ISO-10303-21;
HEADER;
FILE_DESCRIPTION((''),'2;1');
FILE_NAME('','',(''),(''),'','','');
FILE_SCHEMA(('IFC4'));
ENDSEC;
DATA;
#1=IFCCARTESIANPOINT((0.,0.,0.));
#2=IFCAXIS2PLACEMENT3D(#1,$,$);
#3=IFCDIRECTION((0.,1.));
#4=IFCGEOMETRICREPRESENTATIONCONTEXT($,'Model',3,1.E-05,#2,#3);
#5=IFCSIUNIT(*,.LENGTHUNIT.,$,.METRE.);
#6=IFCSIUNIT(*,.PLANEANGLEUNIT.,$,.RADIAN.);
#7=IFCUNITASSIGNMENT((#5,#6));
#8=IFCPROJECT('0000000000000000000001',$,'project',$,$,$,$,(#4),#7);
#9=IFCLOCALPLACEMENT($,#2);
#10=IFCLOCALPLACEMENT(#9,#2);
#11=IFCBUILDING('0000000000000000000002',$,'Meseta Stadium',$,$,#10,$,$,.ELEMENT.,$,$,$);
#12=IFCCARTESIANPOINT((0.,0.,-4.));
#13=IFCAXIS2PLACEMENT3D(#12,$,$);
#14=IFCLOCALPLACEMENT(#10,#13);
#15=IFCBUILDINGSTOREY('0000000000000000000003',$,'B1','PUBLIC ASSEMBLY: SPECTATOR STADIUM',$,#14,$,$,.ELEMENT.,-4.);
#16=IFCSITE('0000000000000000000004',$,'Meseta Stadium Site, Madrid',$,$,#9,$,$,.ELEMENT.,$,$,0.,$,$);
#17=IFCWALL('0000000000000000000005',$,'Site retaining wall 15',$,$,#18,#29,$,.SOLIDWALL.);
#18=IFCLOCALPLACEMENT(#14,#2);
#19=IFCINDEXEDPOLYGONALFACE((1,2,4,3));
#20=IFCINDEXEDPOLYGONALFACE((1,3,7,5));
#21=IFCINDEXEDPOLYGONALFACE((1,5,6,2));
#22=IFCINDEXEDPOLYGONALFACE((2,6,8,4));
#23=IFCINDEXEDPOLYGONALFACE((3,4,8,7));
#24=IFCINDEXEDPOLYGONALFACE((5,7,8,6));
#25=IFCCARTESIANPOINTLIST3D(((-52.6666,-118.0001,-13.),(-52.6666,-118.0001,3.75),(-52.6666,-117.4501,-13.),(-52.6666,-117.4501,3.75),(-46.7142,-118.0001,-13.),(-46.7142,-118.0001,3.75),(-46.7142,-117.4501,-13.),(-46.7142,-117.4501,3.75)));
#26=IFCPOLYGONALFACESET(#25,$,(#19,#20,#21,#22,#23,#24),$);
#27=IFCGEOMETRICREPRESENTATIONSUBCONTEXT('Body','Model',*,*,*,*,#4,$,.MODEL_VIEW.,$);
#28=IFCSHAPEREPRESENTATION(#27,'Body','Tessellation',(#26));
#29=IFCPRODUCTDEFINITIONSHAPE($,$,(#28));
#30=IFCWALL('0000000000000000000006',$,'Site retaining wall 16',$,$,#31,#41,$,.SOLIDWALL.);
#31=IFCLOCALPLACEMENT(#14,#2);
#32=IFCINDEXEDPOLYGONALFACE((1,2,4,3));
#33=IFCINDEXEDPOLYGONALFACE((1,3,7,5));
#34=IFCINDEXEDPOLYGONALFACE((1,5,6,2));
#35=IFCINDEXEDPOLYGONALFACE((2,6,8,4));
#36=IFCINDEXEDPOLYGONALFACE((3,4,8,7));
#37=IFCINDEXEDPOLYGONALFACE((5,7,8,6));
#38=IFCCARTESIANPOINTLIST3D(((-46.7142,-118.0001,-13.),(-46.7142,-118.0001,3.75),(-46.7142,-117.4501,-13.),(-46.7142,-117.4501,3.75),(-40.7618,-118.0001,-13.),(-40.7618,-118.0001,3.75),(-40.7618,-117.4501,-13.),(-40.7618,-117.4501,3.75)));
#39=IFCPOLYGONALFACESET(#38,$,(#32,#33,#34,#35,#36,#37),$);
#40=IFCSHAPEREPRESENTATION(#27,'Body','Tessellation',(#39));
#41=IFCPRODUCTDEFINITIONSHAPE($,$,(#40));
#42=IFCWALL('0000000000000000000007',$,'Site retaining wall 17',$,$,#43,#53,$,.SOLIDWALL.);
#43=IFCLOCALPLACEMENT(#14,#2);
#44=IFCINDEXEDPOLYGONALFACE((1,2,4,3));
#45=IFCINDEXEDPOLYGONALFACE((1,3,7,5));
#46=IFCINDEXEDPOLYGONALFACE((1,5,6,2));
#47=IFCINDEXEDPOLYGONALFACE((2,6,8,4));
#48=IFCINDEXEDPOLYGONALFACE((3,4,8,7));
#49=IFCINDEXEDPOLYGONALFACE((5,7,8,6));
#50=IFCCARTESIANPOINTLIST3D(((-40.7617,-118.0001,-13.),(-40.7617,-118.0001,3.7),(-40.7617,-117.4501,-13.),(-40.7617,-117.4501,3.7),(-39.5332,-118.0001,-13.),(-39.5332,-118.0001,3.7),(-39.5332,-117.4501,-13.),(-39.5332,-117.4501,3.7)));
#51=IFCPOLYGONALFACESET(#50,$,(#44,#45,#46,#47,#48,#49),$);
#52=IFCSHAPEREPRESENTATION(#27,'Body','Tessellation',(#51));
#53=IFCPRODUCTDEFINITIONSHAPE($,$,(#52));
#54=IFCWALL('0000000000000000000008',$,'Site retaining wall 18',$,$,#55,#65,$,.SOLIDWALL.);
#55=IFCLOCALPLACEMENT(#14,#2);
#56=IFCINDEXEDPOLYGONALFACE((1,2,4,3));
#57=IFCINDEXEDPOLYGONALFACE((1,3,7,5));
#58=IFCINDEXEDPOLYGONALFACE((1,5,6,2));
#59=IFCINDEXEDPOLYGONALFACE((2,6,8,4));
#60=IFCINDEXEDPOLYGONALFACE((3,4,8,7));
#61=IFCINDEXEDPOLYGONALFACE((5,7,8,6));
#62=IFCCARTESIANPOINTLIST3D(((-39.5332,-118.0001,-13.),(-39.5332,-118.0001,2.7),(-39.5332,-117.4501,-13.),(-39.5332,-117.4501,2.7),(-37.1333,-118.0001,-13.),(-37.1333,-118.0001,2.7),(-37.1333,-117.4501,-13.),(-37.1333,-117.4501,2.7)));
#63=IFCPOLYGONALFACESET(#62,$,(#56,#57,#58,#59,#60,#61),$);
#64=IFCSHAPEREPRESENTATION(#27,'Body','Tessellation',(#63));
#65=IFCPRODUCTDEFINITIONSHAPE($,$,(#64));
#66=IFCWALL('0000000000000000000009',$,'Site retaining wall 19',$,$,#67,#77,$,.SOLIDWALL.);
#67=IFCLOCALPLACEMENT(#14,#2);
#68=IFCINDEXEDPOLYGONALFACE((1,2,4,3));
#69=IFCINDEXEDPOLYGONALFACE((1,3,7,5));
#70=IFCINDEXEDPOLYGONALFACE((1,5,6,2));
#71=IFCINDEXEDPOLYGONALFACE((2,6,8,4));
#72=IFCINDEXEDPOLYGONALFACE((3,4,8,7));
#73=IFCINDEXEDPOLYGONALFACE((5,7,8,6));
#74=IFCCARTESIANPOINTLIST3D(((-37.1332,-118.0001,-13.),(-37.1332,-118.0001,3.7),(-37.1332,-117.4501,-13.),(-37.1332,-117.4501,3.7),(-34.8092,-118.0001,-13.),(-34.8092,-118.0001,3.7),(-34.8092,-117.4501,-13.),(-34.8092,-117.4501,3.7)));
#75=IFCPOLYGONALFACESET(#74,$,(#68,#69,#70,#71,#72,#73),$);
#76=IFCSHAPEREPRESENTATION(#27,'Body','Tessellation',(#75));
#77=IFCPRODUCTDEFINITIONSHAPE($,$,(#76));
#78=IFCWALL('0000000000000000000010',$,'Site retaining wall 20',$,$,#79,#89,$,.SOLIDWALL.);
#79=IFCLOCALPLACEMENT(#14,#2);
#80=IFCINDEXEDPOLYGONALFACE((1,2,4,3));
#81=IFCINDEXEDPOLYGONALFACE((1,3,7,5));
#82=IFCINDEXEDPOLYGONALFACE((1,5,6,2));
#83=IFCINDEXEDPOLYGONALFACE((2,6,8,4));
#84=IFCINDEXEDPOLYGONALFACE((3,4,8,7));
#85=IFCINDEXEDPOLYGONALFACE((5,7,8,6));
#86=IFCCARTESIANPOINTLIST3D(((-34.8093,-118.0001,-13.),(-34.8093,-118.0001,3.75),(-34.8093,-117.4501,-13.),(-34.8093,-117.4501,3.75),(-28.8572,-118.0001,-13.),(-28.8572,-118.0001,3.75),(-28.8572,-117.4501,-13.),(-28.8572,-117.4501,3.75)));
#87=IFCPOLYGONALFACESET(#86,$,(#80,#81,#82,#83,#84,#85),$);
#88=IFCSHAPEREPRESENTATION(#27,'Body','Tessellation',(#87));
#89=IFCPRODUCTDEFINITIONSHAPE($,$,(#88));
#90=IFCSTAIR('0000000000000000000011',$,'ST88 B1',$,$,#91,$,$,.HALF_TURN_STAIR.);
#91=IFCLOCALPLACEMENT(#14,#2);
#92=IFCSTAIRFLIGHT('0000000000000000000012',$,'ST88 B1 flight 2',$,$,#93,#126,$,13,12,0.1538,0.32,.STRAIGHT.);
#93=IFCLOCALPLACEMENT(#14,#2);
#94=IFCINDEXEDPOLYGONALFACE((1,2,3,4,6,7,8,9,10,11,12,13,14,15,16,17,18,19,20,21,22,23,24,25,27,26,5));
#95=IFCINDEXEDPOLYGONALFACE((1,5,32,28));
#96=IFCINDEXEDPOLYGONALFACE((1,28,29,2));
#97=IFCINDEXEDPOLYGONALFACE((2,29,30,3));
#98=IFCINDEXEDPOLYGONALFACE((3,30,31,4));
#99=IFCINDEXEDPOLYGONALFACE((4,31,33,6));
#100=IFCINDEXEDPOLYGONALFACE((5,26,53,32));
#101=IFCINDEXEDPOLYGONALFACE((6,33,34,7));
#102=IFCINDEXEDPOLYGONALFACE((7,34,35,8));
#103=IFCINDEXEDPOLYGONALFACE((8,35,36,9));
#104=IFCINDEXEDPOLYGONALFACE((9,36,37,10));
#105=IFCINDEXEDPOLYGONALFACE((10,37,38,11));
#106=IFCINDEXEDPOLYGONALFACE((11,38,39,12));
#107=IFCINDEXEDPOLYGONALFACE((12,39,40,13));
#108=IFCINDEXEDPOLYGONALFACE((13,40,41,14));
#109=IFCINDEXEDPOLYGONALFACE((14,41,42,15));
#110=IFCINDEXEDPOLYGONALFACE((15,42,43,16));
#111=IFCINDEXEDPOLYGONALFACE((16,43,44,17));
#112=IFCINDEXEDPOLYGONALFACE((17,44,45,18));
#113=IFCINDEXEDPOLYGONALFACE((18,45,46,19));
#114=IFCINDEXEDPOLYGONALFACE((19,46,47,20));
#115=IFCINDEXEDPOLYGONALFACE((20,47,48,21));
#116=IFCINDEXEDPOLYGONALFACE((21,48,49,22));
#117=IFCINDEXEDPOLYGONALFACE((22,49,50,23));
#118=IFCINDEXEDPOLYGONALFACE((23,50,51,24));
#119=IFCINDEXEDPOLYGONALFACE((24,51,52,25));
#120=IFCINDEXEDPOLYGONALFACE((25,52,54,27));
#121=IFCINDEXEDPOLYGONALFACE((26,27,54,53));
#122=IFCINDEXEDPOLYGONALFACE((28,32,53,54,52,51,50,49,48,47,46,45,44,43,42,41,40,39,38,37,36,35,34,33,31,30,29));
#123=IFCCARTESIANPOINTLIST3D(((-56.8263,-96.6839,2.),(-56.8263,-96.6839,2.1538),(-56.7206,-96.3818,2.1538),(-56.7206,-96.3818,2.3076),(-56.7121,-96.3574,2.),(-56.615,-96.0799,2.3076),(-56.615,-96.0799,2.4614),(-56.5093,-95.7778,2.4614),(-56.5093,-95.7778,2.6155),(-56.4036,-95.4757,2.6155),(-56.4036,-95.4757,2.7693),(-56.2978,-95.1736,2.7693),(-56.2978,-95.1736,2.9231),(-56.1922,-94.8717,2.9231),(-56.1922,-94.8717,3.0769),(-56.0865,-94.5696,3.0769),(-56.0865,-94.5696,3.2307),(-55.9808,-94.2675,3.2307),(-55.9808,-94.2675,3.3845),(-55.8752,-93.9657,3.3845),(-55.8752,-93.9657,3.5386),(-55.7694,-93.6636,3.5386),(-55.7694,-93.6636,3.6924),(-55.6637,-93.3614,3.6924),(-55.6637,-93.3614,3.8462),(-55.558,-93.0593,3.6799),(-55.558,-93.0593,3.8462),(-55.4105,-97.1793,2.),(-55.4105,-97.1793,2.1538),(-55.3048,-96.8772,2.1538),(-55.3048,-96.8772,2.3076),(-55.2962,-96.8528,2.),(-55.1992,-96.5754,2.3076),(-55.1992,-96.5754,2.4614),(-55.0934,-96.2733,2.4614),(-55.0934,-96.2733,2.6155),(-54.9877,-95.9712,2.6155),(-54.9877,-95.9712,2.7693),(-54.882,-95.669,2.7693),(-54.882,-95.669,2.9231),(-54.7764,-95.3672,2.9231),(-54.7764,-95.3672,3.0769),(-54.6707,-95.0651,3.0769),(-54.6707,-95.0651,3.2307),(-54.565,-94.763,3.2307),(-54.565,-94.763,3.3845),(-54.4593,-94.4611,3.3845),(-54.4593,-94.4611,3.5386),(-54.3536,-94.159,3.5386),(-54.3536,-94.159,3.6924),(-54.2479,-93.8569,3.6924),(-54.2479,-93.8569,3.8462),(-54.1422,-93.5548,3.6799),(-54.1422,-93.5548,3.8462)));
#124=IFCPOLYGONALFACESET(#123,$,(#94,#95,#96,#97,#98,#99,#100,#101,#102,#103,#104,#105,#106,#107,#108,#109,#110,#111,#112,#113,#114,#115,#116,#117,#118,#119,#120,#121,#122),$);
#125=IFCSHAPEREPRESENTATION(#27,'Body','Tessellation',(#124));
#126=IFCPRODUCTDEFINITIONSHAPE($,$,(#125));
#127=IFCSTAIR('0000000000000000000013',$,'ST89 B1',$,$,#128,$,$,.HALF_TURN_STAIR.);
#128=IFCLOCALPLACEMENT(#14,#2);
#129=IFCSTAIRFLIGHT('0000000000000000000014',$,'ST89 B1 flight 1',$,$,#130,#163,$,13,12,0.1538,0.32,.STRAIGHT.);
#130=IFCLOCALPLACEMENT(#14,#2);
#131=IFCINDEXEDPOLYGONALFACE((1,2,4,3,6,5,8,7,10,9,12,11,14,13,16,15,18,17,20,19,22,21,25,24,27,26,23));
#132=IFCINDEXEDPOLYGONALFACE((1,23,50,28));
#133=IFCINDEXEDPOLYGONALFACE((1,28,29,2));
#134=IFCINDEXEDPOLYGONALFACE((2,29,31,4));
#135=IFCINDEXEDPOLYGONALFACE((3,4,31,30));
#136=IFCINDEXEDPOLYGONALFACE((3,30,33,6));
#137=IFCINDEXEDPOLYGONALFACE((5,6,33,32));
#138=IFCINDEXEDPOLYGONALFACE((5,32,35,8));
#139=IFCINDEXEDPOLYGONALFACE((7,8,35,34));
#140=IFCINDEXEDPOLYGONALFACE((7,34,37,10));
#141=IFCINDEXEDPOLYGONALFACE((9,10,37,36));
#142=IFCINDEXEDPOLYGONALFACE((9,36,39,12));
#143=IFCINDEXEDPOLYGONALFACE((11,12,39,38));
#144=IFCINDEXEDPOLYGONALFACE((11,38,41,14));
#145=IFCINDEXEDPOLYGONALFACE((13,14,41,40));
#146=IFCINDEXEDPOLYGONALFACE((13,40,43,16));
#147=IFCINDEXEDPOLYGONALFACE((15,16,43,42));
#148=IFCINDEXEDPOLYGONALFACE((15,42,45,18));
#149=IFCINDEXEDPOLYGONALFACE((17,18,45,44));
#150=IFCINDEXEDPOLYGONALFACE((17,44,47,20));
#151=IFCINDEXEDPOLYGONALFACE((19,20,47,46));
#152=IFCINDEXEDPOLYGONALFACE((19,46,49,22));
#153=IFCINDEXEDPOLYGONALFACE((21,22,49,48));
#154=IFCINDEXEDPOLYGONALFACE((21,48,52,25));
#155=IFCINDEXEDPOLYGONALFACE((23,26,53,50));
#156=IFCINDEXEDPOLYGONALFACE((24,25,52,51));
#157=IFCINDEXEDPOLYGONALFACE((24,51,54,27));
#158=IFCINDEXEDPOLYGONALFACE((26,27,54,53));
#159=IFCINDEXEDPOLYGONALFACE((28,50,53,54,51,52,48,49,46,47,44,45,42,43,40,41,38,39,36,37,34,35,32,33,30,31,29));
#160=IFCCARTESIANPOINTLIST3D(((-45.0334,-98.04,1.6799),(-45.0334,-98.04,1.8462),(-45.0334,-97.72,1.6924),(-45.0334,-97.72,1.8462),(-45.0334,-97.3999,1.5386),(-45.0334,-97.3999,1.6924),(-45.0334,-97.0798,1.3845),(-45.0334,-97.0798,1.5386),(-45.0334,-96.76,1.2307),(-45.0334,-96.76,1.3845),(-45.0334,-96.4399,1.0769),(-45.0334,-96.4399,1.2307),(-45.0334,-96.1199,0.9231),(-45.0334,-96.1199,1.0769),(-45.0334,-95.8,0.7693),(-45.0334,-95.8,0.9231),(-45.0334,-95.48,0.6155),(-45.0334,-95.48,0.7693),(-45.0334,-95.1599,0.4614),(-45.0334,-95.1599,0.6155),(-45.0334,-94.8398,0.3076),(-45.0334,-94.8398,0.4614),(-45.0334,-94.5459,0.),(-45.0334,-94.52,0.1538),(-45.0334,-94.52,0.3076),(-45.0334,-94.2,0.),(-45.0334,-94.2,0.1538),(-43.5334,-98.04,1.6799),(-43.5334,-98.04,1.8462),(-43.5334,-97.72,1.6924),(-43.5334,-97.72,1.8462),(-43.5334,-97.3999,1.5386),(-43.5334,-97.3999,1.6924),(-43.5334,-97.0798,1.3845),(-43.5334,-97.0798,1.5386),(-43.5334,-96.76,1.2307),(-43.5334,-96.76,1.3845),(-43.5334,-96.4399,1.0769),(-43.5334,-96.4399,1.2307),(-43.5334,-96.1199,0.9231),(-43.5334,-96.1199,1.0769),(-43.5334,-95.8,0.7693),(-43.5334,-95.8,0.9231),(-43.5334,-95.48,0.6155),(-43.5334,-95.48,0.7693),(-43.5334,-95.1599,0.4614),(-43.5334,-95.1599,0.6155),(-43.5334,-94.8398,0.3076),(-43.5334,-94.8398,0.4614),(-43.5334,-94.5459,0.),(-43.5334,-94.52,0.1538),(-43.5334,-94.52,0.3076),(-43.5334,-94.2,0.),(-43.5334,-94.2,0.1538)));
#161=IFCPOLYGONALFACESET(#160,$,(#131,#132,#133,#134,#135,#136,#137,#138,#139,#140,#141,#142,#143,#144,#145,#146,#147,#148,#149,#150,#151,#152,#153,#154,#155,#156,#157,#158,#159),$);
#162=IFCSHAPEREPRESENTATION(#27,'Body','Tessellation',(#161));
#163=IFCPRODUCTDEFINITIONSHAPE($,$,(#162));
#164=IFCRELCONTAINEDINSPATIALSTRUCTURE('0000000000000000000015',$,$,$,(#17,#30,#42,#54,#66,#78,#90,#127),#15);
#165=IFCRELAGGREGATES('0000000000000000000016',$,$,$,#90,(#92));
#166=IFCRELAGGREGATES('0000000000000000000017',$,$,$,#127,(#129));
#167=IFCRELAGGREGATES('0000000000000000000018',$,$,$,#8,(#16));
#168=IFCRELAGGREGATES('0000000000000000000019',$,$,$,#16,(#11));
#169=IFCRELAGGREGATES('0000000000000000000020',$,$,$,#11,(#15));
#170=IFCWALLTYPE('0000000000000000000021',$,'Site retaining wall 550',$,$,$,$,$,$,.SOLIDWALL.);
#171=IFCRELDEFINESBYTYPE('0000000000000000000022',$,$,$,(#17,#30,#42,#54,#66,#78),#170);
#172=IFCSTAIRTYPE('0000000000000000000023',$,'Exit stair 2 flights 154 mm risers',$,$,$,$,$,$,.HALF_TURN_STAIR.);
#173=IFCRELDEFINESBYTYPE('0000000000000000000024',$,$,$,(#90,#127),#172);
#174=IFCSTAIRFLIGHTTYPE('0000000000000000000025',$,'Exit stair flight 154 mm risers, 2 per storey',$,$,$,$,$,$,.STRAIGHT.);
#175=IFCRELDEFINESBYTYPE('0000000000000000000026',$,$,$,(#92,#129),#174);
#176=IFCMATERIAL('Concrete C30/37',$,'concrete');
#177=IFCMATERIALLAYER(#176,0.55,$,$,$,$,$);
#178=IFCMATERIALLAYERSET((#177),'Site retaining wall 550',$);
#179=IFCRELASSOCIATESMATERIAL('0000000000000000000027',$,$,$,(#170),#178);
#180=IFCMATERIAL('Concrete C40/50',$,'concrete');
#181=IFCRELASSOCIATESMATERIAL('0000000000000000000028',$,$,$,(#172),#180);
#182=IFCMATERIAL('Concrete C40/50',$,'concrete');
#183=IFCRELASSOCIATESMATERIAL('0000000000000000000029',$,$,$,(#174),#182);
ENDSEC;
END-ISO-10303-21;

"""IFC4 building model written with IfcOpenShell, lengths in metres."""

from ifc_helpers import new_model, si_unit, direction, frame, frame_2d, origin, place, context, subcontext, project, spatial, polyline, rectangle, outline, extrude, material, layer, layer_set, type_object, element, aggregate, save


model = new_model("IFC4")

# Units and contexts
model_context = context("Model", 3, precision=1e-05, world=origin(), true_north=direction((0.0, 1.0)))
body_context = subcontext(model_context, "Body", "Model", "MODEL_VIEW")
ifc_project = project(units=[si_unit("LENGTHUNIT", "METRE"), si_unit("PLANEANGLEUNIT", "RADIAN")], contexts=[model_context])

# Site, building, storey
site_placement = place(None, origin())
site = spatial("IfcSite", under=ifc_project, at=site_placement, Name="Meseta Stadium Site, Madrid", CompositionType="ELEMENT", RefElevation=0.0)
building_placement = place(site_placement, origin())
building = spatial("IfcBuilding", under=site, at=building_placement, Name="Meseta Stadium", CompositionType="ELEMENT")
storey_placement = place(building_placement, frame((0.0, 0.0, -4.0)))
storey = spatial("IfcBuildingStorey", under=building, at=storey_placement, Name="B1", Description="PUBLIC ASSEMBLY: SPECTATOR STADIUM", CompositionType="ELEMENT", Elevation=-4.0)

# Walls
ifc_material_1 = material(Name="Concrete C30/37", Category="concrete")
ifc_layer_1 = layer(ifc_material_1, 0.55)
ifc_layer_set_1 = layer_set([ifc_layer_1], Name="Site retaining wall 550")
wall_type_1 = type_object("IfcWallType", Name="Site retaining wall 550", PredefinedType="SOLIDWALL", material=ifc_layer_set_1)
for number, where, z_axis, x_axis, name in (
    (1, (-52.6665, -117.7251, -13.0), (0.0, 0.0, 1.0), (1.0, 0.0, 0.0), "Site retaining wall 15"),
    (2, (-46.7141, -117.7251, -13.0), (0.0, 0.0, 1.0), (1.0, 0.0, 0.0), "Site retaining wall 16"),
):
    element("IfcWall", number, at=place(storey_placement, frame(where, z_axis=z_axis, x_axis=x_axis)), inside=storey, type_object=wall_type_1, Name=name, PredefinedType="SOLIDWALL", context=body_context, shape_type="SweptSolid", body=[
        extrude(rectangle(XDim=5.9524, YDim=0.55, at=frame_2d((2.9761, 0.0))), origin(), (0.0, 0.0, 1.0), 16.75),
    ])
wall_1_placement = place(storey_placement, frame((-40.7617, -117.7251, -13.0), z_axis=(0.0, 0.0, 1.0), x_axis=(1.0, 0.0, 0.0)))
element("IfcWall", 3, at=wall_1_placement, inside=storey, type_object=wall_type_1, Name="Site retaining wall 17", PredefinedType="SOLIDWALL", context=body_context, shape_type="SweptSolid", body=[
    extrude(rectangle(XDim=1.2285, YDim=0.55, at=frame_2d((0.6143, 0.0))), origin(), (0.0, 0.0, 1.0), 16.7),
])
wall_2_placement = place(storey_placement, frame((-39.5332, -117.7251, -13.0), z_axis=(0.0, 0.0, 1.0), x_axis=(1.0, 0.0, 0.0)))
element("IfcWall", 4, at=wall_2_placement, inside=storey, type_object=wall_type_1, Name="Site retaining wall 18", PredefinedType="SOLIDWALL", context=body_context, shape_type="SweptSolid", body=[
    extrude(rectangle(XDim=2.3999, YDim=0.55, at=frame_2d((1.2, 0.0))), origin(), (0.0, 0.0, 1.0), 15.7),
])
wall_3_placement = place(storey_placement, frame((-37.1333, -117.7251, -13.0), z_axis=(0.0, 0.0, 1.0), x_axis=(1.0, 0.0, 0.0)))
element("IfcWall", 5, at=wall_3_placement, inside=storey, type_object=wall_type_1, Name="Site retaining wall 19", PredefinedType="SOLIDWALL", context=body_context, shape_type="SweptSolid", body=[
    extrude(rectangle(XDim=2.324, YDim=0.55, at=frame_2d((1.1621, 0.0))), origin(), (0.0, 0.0, 1.0), 16.7),
])
wall_4_placement = place(storey_placement, frame((-34.8093, -117.7251, -13.0), z_axis=(0.0, 0.0, 1.0), x_axis=(1.0, 0.0, 0.0)))
element("IfcWall", 6, at=wall_4_placement, inside=storey, type_object=wall_type_1, Name="Site retaining wall 20", PredefinedType="SOLIDWALL", context=body_context, shape_type="SweptSolid", body=[
    extrude(rectangle(XDim=5.9521, YDim=0.55, at=frame_2d((2.9761, 0.0))), origin(), (0.0, 0.0, 1.0), 16.75),
])

# Stair, stair flight
ifc_material_2 = material(Name="Concrete C40/50", Category="concrete")
stair_type = type_object("IfcStairType", Name="Exit stair 2 flights 154 mm risers", PredefinedType="HALF_TURN_STAIR", material=ifc_material_2)
stair_1_placement = place(storey_placement, origin())
stair_1 = element("IfcStair", 7, at=stair_1_placement, inside=storey, type_object=stair_type, Name="ST88 B1", PredefinedType="HALF_TURN_STAIR")
ifc_material_3 = material(Name="Concrete C40/50", Category="concrete")
stair_flight_type = type_object("IfcStairFlightType", Name="Exit stair flight 154 mm risers, 2 per storey", PredefinedType="STRAIGHT", material=ifc_material_3)
stair_flight_1_placement = place(storey_placement, frame((-56.1184, -96.9316, 2.0), z_axis=(0.0, 0.0, 1.0), x_axis=(0.330279, 0.943883, 0.0)))
stair_flight_1 = element("IfcStairFlight", 8, at=stair_flight_1_placement, type_object=stair_flight_type, Name="ST88 B1 flight 2", NumberOfRisers=13, NumberOfTreads=12, PredefinedType="STRAIGHT", RiserHeight=0.1538, TreadLength=0.32, context=body_context, shape_type="SweptSolid", body=[
    extrude(outline(polyline([(0.0, 0.0), (0.0, 0.1538), (0.3201, 0.1538), (0.3201, 0.3076), (0.6399, 0.3076), (0.6399, 0.4614), (0.96, 0.4614), (0.96, 0.6155), (1.28, 0.6155), (1.28, 0.7693), (1.6001, 0.7693), (1.6001, 0.9231), (1.9199, 0.9231), (1.9199, 1.0769), (2.24, 1.0769), (2.24, 1.2307), (2.5601, 1.2307), (2.5601, 1.3845), (2.8799, 1.3845), (2.8799, 1.5386), (3.2, 1.5386), (3.2, 1.6924), (3.52, 1.6924), (3.52, 1.8462), (3.8401, 1.8462), (3.8401, 1.6799), (0.3459, 0.0), (0.0, 0.0)])), frame((0.0, 0.75, 0.0), z_axis=(0.0, -1.0, 0.0), x_axis=(1.0, 0.0, 0.0)), (0.0, 0.0, 1.0), 1.5),
])
aggregate(stair_1, [stair_flight_1])

# Stair, stair flight
stair_2_placement = place(storey_placement, origin())
stair_2 = element("IfcStair", 9, at=stair_2_placement, inside=storey, type_object=stair_type, Name="ST89 B1", PredefinedType="HALF_TURN_STAIR")
stair_flight_2_placement = place(storey_placement, frame((-44.2834, -94.2, 0.0), z_axis=(0.0, 0.0, 1.0), x_axis=(0.0, -1.0, 0.0)))
stair_flight_2 = element("IfcStairFlight", 10, at=stair_flight_2_placement, type_object=stair_flight_type, Name="ST89 B1 flight 1", NumberOfRisers=13, NumberOfTreads=12, PredefinedType="STRAIGHT", RiserHeight=0.1538, TreadLength=0.32, context=body_context, shape_type="SweptSolid", body=[
    extrude(outline(polyline([(0.0, 0.0), (0.0, 0.1538), (0.3201, 0.1538), (0.3201, 0.3076), (0.6399, 0.3076), (0.6399, 0.4614), (0.96, 0.4614), (0.96, 0.6155), (1.28, 0.6155), (1.28, 0.7693), (1.6001, 0.7693), (1.6001, 0.9231), (1.9199, 0.9231), (1.9199, 1.0769), (2.24, 1.0769), (2.24, 1.2307), (2.5601, 1.2307), (2.5601, 1.3845), (2.8799, 1.3845), (2.8799, 1.5386), (3.2, 1.5386), (3.2, 1.6924), (3.52, 1.6924), (3.52, 1.8462), (3.8401, 1.8462), (3.8401, 1.6799), (0.3459, 0.0), (0.0, 0.0)])), frame((0.0, 0.75, 0.0), z_axis=(0.0, -1.0, 0.0), x_axis=(1.0, 0.0, 0.0)), (0.0, 0.0, 1.0), 1.5),
])
aggregate(stair_2, [stair_flight_2])

save(model, "model.ifc")
